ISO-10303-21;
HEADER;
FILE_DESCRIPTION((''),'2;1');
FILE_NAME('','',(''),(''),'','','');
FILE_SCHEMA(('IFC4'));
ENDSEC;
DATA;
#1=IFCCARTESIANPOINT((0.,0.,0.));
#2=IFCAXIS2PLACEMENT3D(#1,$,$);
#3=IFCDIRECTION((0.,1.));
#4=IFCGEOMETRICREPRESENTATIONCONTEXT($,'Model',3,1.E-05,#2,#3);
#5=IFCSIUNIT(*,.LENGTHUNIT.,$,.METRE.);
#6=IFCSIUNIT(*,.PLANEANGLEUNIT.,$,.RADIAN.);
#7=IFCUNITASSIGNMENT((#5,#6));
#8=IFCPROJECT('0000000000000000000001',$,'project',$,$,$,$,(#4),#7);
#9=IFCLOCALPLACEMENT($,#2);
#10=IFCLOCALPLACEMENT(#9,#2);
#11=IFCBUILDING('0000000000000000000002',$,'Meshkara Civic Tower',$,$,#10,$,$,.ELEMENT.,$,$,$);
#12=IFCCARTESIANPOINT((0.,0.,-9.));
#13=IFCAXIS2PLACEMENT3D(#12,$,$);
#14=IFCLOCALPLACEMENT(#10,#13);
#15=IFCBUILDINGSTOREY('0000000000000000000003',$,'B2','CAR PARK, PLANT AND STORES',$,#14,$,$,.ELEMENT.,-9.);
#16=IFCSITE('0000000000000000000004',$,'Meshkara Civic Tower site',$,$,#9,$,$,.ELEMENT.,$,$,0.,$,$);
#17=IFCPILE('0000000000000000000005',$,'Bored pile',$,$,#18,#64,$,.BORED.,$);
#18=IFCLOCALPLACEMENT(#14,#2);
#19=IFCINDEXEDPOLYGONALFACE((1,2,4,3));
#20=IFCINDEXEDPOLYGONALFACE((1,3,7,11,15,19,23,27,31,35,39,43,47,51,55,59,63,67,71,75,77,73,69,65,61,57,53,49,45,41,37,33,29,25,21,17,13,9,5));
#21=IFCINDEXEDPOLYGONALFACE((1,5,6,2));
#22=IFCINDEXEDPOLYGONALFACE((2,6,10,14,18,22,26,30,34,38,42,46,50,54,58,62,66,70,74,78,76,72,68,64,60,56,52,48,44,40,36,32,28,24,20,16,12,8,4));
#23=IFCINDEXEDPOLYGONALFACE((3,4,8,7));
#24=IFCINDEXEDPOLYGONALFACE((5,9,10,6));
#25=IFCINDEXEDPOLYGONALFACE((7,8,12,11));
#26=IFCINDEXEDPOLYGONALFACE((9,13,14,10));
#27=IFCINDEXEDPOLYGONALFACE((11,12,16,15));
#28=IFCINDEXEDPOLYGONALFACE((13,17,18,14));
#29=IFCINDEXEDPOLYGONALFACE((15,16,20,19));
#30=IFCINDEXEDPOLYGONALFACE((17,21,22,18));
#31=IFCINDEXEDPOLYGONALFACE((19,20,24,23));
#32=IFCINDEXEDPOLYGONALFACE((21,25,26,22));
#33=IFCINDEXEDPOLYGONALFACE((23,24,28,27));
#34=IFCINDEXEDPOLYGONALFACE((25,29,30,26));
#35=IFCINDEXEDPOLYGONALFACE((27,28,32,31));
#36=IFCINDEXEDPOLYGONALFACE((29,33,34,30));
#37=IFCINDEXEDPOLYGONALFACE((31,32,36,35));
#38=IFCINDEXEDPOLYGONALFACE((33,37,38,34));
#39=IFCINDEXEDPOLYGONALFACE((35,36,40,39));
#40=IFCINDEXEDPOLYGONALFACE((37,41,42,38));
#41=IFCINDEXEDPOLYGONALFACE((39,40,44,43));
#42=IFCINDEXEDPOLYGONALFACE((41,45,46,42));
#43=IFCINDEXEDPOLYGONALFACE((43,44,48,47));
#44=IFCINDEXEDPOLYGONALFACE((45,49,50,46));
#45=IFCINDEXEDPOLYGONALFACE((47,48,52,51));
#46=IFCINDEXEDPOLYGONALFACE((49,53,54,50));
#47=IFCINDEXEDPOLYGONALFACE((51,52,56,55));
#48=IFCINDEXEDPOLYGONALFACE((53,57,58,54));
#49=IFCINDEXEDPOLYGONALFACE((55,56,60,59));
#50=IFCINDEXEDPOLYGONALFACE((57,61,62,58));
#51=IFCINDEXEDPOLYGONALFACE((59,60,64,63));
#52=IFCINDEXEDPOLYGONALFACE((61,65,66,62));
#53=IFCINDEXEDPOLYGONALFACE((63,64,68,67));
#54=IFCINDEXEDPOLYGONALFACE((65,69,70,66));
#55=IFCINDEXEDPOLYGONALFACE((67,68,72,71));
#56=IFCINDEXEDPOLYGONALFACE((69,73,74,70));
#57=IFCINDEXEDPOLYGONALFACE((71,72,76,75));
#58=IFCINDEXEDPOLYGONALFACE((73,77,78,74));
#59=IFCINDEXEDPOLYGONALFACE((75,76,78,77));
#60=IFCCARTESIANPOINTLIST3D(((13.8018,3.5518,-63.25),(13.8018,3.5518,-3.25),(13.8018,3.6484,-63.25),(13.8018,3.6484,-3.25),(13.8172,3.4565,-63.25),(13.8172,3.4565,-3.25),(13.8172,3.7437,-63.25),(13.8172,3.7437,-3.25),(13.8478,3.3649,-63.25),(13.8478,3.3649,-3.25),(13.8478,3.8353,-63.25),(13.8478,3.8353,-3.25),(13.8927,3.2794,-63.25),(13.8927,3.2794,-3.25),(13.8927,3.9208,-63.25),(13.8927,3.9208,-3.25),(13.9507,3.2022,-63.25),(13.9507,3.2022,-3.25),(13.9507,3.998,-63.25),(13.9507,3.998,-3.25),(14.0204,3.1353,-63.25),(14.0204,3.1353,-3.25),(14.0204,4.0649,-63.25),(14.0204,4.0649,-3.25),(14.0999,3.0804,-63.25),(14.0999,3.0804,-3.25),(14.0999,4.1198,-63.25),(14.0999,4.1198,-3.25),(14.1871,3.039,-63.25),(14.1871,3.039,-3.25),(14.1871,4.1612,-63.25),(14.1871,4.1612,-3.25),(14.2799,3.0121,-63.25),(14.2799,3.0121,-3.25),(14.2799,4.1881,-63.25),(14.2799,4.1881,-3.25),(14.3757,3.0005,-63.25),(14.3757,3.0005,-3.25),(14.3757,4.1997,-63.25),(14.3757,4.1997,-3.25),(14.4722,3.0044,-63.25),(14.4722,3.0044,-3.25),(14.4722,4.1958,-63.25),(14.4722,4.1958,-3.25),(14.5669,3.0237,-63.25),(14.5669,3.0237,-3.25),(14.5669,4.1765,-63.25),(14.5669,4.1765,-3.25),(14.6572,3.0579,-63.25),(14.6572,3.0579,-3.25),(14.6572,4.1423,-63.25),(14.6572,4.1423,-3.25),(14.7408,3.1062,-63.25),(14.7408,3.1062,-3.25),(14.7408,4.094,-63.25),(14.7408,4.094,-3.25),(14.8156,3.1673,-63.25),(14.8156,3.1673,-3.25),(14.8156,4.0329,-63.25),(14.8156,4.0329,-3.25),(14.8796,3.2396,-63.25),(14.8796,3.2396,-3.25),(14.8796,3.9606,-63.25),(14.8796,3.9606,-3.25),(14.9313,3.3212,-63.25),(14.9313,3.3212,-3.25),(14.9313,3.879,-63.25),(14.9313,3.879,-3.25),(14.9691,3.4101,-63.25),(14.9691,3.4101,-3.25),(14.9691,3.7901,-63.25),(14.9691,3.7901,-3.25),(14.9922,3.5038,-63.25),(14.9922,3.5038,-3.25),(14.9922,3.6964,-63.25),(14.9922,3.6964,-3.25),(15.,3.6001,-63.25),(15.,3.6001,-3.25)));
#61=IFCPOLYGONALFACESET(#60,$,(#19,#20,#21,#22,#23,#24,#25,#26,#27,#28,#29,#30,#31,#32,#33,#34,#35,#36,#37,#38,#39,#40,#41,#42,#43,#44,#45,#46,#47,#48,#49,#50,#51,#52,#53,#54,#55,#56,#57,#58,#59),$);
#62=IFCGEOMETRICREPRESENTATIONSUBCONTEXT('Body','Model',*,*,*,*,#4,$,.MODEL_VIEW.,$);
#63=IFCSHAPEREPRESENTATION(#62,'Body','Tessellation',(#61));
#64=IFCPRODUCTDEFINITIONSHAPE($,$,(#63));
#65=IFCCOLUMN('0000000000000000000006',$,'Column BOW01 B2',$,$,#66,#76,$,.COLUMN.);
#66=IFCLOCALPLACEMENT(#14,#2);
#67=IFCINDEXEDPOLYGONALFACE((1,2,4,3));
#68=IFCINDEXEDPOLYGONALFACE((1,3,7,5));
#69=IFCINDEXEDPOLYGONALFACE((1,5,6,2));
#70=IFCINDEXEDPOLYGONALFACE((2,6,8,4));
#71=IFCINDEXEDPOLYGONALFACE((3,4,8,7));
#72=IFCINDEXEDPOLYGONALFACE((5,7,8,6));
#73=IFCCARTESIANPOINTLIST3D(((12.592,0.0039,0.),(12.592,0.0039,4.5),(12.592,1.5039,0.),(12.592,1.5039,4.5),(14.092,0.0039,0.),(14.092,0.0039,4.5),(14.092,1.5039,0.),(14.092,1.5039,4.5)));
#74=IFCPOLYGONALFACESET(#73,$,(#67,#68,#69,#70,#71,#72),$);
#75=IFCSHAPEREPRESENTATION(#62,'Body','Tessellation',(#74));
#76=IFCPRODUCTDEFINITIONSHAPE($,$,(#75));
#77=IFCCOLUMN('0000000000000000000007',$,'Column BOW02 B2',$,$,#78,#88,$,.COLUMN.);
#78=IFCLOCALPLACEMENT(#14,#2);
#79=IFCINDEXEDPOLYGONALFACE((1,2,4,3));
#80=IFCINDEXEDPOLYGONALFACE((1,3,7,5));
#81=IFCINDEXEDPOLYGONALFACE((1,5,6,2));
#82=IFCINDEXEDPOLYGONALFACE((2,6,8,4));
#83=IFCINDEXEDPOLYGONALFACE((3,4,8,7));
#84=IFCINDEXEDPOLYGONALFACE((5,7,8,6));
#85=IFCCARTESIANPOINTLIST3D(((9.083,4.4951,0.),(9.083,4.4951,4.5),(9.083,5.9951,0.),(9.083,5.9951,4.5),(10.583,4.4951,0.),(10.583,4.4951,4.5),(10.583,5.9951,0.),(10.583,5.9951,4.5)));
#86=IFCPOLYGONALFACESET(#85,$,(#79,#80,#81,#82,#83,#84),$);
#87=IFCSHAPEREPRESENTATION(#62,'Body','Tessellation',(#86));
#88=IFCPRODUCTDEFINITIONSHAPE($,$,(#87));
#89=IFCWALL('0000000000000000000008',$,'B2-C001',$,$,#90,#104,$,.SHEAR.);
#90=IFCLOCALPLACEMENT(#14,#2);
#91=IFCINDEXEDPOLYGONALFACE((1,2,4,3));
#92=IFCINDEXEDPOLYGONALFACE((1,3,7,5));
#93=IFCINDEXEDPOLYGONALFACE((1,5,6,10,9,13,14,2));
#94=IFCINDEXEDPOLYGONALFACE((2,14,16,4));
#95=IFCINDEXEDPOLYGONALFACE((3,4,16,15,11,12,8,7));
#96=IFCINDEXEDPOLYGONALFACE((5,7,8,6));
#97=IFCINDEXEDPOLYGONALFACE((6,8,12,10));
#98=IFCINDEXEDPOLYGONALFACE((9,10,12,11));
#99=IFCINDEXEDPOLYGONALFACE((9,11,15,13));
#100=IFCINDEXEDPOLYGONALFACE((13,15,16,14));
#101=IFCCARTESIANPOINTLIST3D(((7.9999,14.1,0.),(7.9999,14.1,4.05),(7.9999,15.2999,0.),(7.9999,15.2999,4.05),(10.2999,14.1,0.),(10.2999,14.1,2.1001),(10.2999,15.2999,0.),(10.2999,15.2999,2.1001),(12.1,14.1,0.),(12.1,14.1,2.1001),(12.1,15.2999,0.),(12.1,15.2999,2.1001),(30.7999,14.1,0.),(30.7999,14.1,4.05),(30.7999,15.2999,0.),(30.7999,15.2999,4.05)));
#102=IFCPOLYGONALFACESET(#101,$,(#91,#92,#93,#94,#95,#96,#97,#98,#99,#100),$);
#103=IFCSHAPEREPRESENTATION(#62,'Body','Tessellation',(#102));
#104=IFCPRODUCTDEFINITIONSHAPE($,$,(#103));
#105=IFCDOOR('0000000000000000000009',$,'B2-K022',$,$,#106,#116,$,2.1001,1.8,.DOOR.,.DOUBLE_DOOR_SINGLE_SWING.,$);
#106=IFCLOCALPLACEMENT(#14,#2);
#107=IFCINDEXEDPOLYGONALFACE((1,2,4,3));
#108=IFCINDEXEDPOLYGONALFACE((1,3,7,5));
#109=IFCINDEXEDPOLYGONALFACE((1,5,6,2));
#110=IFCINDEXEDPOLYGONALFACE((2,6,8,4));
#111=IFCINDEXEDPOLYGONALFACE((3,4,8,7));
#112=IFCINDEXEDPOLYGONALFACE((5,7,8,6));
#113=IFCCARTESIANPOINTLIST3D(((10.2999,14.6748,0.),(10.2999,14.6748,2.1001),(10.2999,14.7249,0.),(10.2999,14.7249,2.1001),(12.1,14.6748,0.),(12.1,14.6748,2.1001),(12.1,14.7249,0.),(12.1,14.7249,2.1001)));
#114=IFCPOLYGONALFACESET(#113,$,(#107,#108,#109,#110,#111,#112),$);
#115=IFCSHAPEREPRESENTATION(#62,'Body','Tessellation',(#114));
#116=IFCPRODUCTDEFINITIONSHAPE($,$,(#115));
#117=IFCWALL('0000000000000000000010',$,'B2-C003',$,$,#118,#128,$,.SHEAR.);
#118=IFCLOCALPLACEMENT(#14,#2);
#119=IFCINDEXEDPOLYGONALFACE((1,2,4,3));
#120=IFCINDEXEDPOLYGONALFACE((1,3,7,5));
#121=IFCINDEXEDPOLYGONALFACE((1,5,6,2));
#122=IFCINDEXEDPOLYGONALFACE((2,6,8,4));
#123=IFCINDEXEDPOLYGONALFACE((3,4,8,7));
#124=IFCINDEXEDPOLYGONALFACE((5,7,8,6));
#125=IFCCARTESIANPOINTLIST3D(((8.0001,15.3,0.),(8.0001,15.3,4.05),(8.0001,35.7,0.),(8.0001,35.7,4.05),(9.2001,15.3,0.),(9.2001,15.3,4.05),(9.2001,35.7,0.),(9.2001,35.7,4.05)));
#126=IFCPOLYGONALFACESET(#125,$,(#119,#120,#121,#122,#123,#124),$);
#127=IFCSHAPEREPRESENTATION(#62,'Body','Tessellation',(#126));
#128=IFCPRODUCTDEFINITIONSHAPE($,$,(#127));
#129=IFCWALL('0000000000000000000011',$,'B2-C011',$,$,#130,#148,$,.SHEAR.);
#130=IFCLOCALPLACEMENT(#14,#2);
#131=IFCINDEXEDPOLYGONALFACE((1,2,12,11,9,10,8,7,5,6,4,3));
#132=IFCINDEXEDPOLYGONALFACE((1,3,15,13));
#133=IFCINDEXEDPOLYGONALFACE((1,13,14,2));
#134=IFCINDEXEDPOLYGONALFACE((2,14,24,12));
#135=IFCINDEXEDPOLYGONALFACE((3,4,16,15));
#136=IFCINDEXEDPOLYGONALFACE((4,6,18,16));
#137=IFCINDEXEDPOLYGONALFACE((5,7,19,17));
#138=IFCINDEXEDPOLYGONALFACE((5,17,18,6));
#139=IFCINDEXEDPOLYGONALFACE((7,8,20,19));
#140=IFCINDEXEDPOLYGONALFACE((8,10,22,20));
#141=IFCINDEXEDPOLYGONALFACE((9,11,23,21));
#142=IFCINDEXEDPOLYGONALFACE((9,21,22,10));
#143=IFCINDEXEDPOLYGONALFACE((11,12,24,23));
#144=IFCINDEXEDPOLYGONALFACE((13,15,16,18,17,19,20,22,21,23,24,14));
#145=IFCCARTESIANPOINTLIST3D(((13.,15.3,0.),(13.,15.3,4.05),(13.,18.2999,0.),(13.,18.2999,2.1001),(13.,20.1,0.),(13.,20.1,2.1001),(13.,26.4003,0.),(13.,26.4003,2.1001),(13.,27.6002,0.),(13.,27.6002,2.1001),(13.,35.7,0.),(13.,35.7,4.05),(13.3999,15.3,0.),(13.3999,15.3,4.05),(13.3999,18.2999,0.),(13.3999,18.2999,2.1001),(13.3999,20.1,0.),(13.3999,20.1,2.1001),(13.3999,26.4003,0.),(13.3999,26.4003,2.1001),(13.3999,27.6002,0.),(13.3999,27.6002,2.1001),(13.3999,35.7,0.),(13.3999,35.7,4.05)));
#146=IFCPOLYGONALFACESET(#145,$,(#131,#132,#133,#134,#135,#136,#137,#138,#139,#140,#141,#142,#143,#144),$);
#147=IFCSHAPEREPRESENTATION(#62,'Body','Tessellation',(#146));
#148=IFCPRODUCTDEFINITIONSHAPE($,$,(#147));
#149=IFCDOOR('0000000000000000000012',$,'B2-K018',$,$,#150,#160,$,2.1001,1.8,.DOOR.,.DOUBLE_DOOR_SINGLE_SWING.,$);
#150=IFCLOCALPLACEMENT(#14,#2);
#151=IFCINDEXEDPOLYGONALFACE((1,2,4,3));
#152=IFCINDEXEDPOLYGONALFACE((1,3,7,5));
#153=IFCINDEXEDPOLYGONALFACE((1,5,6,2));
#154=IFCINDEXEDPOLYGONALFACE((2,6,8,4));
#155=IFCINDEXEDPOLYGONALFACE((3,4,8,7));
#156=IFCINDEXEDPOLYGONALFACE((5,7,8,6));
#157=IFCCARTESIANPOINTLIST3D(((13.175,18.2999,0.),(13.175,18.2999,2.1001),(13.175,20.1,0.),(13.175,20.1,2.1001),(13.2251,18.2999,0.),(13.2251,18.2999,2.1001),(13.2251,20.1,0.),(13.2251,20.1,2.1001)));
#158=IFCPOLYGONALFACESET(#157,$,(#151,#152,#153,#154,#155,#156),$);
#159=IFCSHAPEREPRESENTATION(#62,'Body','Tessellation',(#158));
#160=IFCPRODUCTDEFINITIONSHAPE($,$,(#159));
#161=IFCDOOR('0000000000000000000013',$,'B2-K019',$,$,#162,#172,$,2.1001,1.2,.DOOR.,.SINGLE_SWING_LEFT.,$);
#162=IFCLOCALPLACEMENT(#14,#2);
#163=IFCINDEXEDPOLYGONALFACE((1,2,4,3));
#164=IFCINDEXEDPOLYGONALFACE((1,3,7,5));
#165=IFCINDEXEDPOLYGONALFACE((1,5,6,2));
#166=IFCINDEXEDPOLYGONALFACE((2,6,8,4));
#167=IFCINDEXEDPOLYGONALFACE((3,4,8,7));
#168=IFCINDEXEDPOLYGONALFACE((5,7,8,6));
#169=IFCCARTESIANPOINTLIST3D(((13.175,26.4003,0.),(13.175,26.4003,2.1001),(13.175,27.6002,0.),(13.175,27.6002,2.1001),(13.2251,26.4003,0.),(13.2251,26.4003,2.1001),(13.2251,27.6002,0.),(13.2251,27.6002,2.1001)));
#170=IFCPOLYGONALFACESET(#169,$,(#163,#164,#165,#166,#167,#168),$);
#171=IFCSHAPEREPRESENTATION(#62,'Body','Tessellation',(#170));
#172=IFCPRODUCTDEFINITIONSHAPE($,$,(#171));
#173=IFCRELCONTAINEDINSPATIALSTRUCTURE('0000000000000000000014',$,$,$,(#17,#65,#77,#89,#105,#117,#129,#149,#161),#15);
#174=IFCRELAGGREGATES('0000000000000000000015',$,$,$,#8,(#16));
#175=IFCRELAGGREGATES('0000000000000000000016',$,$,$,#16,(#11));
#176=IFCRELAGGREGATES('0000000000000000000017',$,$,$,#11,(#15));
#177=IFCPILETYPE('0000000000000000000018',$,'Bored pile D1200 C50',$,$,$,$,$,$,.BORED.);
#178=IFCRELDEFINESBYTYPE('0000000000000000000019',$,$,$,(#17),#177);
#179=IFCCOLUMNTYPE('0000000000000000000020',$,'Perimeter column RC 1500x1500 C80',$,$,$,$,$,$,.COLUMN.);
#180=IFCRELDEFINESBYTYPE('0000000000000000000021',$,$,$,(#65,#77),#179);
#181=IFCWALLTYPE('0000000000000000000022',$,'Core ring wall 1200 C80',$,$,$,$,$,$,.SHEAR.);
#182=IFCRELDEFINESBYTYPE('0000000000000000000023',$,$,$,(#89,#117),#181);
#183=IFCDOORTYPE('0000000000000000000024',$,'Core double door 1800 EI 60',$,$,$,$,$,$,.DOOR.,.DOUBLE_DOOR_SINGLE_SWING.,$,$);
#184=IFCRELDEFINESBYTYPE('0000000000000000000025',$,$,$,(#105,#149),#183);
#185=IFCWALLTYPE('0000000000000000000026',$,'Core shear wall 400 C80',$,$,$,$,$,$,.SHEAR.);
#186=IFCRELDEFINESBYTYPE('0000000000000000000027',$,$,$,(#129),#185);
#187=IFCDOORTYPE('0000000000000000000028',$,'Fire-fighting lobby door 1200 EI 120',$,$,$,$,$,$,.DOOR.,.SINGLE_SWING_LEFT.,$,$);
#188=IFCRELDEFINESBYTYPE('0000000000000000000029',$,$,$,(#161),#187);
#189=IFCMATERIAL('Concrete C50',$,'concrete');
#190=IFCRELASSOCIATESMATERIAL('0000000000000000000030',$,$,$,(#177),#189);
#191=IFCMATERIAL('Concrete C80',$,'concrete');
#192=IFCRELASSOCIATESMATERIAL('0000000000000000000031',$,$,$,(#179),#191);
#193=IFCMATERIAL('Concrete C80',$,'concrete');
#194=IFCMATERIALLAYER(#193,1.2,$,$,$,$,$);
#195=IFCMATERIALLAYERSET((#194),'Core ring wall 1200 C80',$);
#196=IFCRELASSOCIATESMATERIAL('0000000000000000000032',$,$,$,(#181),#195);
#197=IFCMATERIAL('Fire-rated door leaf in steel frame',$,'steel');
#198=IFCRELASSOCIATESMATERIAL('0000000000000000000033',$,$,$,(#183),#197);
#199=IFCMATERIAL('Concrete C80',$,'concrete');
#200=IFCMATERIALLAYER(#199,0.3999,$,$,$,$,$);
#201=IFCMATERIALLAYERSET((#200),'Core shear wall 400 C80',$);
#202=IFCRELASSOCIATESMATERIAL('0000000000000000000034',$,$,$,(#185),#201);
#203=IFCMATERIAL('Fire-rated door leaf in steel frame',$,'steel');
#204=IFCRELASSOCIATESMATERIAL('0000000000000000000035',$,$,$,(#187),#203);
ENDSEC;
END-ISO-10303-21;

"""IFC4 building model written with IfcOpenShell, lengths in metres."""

from ifc_helpers import new_model, si_unit, direction, frame, frame_2d, origin, origin_2d, place, context, subcontext, project, spatial, rectangle, circle, extrude, material, layer, layer_set, material_profile, profile_set, type_object, element, fill, save


model = new_model("IFC4")

# Units and contexts
model_context = context("Model", 3, precision=1e-05, world=origin(), true_north=direction((0.0, 1.0)))
body_context = subcontext(model_context, "Body", "Model", "MODEL_VIEW")
ifc_project = project(units=[si_unit("LENGTHUNIT", "METRE"), si_unit("PLANEANGLEUNIT", "RADIAN")], contexts=[model_context])

# Site, building, storey
site_placement = place(None, origin())
site = spatial("IfcSite", under=ifc_project, at=site_placement, Name="Meshkara Civic Tower site", CompositionType="ELEMENT", RefElevation=0.0)
building_placement = place(site_placement, origin())
building = spatial("IfcBuilding", under=site, at=building_placement, Name="Meshkara Civic Tower", CompositionType="ELEMENT")
storey_placement = place(building_placement, frame((0.0, 0.0, -9.0)))
storey = spatial("IfcBuildingStorey", under=building, at=storey_placement, Name="B2", Description="CAR PARK, PLANT AND STORES", CompositionType="ELEMENT", Elevation=-9.0)

# Pile
ifc_material_1 = material(Name="Concrete C50", Category="concrete")
ifc_material_profile_1 = material_profile(ifc_material_1, circle(Radius=0.6001, at=origin_2d()))
ifc_profile_set_1 = profile_set([ifc_material_profile_1], Name="Concrete C50")
pile_type = type_object("IfcPileType", Name="Bored pile D1200 C50", PredefinedType="BORED", material=ifc_profile_set_1)
for number, where, z_axis, x_axis, name in (
    (1, (14.3999, 3.6001, -3.25), (0.0, 0.0, -1.0), (1.0, 0.0, 0.0), "Bored pile"),
):
    element("IfcPile", number, at=place(storey_placement, frame(where, z_axis=z_axis, x_axis=x_axis)), inside=storey, type_object=pile_type, Name=name, PredefinedType="BORED", context=body_context, shape_type="SweptSolid", body=[
        extrude(circle(Radius=0.6001, at=origin_2d()), origin(), (0.0, 0.0, 1.0), 60.0),
    ])

# Columns
ifc_material_2 = material(Name="Concrete C80", Category="concrete")
ifc_material_profile_2 = material_profile(ifc_material_2, rectangle(XDim=1.5, YDim=1.5, at=origin_2d()))
ifc_profile_set_2 = profile_set([ifc_material_profile_2], Name="Concrete C80")
column_type = type_object("IfcColumnType", Name="Perimeter column RC 1500x1500 C80", PredefinedType="COLUMN", material=ifc_profile_set_2)
for number, where, z_axis, x_axis, name in (
    (2, (13.342, 0.7539, 0.0), (0.0, 0.0, 1.0), (1.0, 0.0, 0.0), "Column BOW01 B2"),
    (3, (9.833, 5.2451, 0.0), (0.0, 0.0, 1.0), (1.0, 0.0, 0.0), "Column BOW02 B2"),
):
    element("IfcColumn", number, at=place(storey_placement, frame(where, z_axis=z_axis, x_axis=x_axis)), inside=storey, type_object=column_type, Name=name, PredefinedType="COLUMN", context=body_context, shape_type="SweptSolid", body=[
        extrude(rectangle(XDim=1.5, YDim=1.5, at=origin_2d()), origin(), (0.0, 0.0, 1.0), 4.5),
    ])

# Wall, opening, door
ifc_material_3 = material(Name="Concrete C80", Category="concrete")
ifc_layer_1 = layer(ifc_material_3, 1.2)
ifc_layer_set_1 = layer_set([ifc_layer_1], Name="Core ring wall 1200 C80")
wall_type_1 = type_object("IfcWallType", Name="Core ring wall 1200 C80", PredefinedType="SHEAR", material=ifc_layer_set_1)
wall_1_placement = place(storey_placement, frame((8.0, 14.7, 0.0), z_axis=(0.0, 0.0, 1.0), x_axis=(1.0, 0.0, 0.0)))
wall_1 = element("IfcWall", 4, at=wall_1_placement, inside=storey, type_object=wall_type_1, Name="B2-C001", PredefinedType="SHEAR", context=body_context, shape_type="SweptSolid", body=[
    extrude(rectangle(XDim=22.8, YDim=1.2, at=frame_2d((11.3999, 0.0))), origin(), (0.0, 0.0, 1.0), 4.05),
])
opening_1_placement = place(wall_1_placement, frame((2.3, 0.0, 0.0)))
opening_1 = element("IfcOpeningElement", 5, at=opening_1_placement, cuts=wall_1, PredefinedType="OPENING", context=body_context, shape_type="SweptSolid", body=[
    extrude(rectangle(XDim=1.8, YDim=2.1001, at=frame_2d((0.8999, 1.05))), frame((0.0, 0.6099, 0.0), z_axis=(0.0, -1.0, 0.0), x_axis=(1.0, 0.0, 0.0)), (0.0, 0.0, 1.0), 1.22),
])
ifc_material_4 = material(Name="Fire-rated door leaf in steel frame", Category="steel")
door_type_1 = type_object("IfcDoorType", Name="Core double door 1800 EI 60", OperationType="DOUBLE_DOOR_SINGLE_SWING", PredefinedType="DOOR", material=ifc_material_4)
door_1_placement = place(opening_1_placement, origin())
door_1 = element("IfcDoor", 6, at=door_1_placement, inside=storey, type_object=door_type_1, Name="B2-K022", OperationType="DOUBLE_DOOR_SINGLE_SWING", OverallHeight=2.1001, OverallWidth=1.8, PredefinedType="DOOR", context=body_context, shape_type="SweptSolid", body=[
    extrude(rectangle(XDim=1.8, YDim=2.1001, at=frame_2d((0.8999, 1.05))), frame((0.0, 0.0249, 0.0), z_axis=(0.0, -1.0, 0.0), x_axis=(1.0, 0.0, 0.0)), (0.0, 0.0, 1.0), 0.05),
])
fill(opening_1, door_1)

# Wall
wall_2_placement = place(storey_placement, frame((8.6001, 15.3, 0.0), z_axis=(0.0, 0.0, 1.0), x_axis=(0.0, 1.0, 0.0)))
element("IfcWall", 7, at=wall_2_placement, inside=storey, type_object=wall_type_1, Name="B2-C003", PredefinedType="SHEAR", context=body_context, shape_type="SweptSolid", body=[
    extrude(rectangle(XDim=20.3999, YDim=1.2, at=frame_2d((10.2, 0.0))), origin(), (0.0, 0.0, 1.0), 4.05),
])

# Wall, openings, doors
ifc_material_5 = material(Name="Concrete C80", Category="concrete")
ifc_layer_2 = layer(ifc_material_5, 0.3999)
ifc_layer_set_2 = layer_set([ifc_layer_2], Name="Core shear wall 400 C80")
wall_type_2 = type_object("IfcWallType", Name="Core shear wall 400 C80", PredefinedType="SHEAR", material=ifc_layer_set_2)
wall_3_placement = place(storey_placement, frame((13.2, 15.3, 0.0), z_axis=(0.0, 0.0, 1.0), x_axis=(0.0, 1.0, 0.0)))
wall_3 = element("IfcWall", 8, at=wall_3_placement, inside=storey, type_object=wall_type_2, Name="B2-C011", PredefinedType="SHEAR", context=body_context, shape_type="SweptSolid", body=[
    extrude(rectangle(XDim=20.3999, YDim=0.3999, at=frame_2d((10.2, 0.0))), origin(), (0.0, 0.0, 1.0), 4.05),
])
opening_2_placement = place(wall_3_placement, frame((3.0, 0.0, 0.0)))
opening_2 = element("IfcOpeningElement", 9, at=opening_2_placement, cuts=wall_3, PredefinedType="OPENING", context=body_context, shape_type="SweptSolid", body=[
    extrude(rectangle(XDim=1.8, YDim=2.1001, at=frame_2d((0.8999, 1.05))), frame((0.0, 0.21, 0.0), z_axis=(0.0, -1.0, 0.0), x_axis=(1.0, 0.0, 0.0)), (0.0, 0.0, 1.0), 0.4199),
])
opening_3_placement = place(wall_3_placement, frame((11.1001, 0.0, 0.0)))
opening_3 = element("IfcOpeningElement", 10, at=opening_3_placement, cuts=wall_3, PredefinedType="OPENING", context=body_context, shape_type="SweptSolid", body=[
    extrude(rectangle(XDim=1.2, YDim=2.1001, at=frame_2d((0.6001, 1.05))), frame((0.0, 0.21, 0.0), z_axis=(0.0, -1.0, 0.0), x_axis=(1.0, 0.0, 0.0)), (0.0, 0.0, 1.0), 0.4199),
])
door_2_placement = place(opening_2_placement, origin())
door_2 = element("IfcDoor", 11, at=door_2_placement, inside=storey, type_object=door_type_1, Name="B2-K018", OperationType="DOUBLE_DOOR_SINGLE_SWING", OverallHeight=2.1001, OverallWidth=1.8, PredefinedType="DOOR", context=body_context, shape_type="SweptSolid", body=[
    extrude(rectangle(XDim=1.8, YDim=2.1001, at=frame_2d((0.8999, 1.05))), frame((0.0, 0.0249, 0.0), z_axis=(0.0, -1.0, 0.0), x_axis=(1.0, 0.0, 0.0)), (0.0, 0.0, 1.0), 0.05),
])
fill(opening_2, door_2)
ifc_material_6 = material(Name="Fire-rated door leaf in steel frame", Category="steel")
door_type_2 = type_object("IfcDoorType", Name="Fire-fighting lobby door 1200 EI 120", OperationType="SINGLE_SWING_LEFT", PredefinedType="DOOR", material=ifc_material_6)
door_3_placement = place(opening_3_placement, origin())
door_3 = element("IfcDoor", 12, at=door_3_placement, inside=storey, type_object=door_type_2, Name="B2-K019", OperationType="SINGLE_SWING_LEFT", OverallHeight=2.1001, OverallWidth=1.2, PredefinedType="DOOR", context=body_context, shape_type="SweptSolid", body=[
    extrude(rectangle(XDim=1.2, YDim=2.1001, at=frame_2d((0.6001, 1.05))), frame((0.0, 0.0249, 0.0), z_axis=(0.0, -1.0, 0.0), x_axis=(1.0, 0.0, 0.0)), (0.0, 0.0, 1.0), 0.05),
])
fill(opening_3, door_3)

save(model, "model.ifc")
